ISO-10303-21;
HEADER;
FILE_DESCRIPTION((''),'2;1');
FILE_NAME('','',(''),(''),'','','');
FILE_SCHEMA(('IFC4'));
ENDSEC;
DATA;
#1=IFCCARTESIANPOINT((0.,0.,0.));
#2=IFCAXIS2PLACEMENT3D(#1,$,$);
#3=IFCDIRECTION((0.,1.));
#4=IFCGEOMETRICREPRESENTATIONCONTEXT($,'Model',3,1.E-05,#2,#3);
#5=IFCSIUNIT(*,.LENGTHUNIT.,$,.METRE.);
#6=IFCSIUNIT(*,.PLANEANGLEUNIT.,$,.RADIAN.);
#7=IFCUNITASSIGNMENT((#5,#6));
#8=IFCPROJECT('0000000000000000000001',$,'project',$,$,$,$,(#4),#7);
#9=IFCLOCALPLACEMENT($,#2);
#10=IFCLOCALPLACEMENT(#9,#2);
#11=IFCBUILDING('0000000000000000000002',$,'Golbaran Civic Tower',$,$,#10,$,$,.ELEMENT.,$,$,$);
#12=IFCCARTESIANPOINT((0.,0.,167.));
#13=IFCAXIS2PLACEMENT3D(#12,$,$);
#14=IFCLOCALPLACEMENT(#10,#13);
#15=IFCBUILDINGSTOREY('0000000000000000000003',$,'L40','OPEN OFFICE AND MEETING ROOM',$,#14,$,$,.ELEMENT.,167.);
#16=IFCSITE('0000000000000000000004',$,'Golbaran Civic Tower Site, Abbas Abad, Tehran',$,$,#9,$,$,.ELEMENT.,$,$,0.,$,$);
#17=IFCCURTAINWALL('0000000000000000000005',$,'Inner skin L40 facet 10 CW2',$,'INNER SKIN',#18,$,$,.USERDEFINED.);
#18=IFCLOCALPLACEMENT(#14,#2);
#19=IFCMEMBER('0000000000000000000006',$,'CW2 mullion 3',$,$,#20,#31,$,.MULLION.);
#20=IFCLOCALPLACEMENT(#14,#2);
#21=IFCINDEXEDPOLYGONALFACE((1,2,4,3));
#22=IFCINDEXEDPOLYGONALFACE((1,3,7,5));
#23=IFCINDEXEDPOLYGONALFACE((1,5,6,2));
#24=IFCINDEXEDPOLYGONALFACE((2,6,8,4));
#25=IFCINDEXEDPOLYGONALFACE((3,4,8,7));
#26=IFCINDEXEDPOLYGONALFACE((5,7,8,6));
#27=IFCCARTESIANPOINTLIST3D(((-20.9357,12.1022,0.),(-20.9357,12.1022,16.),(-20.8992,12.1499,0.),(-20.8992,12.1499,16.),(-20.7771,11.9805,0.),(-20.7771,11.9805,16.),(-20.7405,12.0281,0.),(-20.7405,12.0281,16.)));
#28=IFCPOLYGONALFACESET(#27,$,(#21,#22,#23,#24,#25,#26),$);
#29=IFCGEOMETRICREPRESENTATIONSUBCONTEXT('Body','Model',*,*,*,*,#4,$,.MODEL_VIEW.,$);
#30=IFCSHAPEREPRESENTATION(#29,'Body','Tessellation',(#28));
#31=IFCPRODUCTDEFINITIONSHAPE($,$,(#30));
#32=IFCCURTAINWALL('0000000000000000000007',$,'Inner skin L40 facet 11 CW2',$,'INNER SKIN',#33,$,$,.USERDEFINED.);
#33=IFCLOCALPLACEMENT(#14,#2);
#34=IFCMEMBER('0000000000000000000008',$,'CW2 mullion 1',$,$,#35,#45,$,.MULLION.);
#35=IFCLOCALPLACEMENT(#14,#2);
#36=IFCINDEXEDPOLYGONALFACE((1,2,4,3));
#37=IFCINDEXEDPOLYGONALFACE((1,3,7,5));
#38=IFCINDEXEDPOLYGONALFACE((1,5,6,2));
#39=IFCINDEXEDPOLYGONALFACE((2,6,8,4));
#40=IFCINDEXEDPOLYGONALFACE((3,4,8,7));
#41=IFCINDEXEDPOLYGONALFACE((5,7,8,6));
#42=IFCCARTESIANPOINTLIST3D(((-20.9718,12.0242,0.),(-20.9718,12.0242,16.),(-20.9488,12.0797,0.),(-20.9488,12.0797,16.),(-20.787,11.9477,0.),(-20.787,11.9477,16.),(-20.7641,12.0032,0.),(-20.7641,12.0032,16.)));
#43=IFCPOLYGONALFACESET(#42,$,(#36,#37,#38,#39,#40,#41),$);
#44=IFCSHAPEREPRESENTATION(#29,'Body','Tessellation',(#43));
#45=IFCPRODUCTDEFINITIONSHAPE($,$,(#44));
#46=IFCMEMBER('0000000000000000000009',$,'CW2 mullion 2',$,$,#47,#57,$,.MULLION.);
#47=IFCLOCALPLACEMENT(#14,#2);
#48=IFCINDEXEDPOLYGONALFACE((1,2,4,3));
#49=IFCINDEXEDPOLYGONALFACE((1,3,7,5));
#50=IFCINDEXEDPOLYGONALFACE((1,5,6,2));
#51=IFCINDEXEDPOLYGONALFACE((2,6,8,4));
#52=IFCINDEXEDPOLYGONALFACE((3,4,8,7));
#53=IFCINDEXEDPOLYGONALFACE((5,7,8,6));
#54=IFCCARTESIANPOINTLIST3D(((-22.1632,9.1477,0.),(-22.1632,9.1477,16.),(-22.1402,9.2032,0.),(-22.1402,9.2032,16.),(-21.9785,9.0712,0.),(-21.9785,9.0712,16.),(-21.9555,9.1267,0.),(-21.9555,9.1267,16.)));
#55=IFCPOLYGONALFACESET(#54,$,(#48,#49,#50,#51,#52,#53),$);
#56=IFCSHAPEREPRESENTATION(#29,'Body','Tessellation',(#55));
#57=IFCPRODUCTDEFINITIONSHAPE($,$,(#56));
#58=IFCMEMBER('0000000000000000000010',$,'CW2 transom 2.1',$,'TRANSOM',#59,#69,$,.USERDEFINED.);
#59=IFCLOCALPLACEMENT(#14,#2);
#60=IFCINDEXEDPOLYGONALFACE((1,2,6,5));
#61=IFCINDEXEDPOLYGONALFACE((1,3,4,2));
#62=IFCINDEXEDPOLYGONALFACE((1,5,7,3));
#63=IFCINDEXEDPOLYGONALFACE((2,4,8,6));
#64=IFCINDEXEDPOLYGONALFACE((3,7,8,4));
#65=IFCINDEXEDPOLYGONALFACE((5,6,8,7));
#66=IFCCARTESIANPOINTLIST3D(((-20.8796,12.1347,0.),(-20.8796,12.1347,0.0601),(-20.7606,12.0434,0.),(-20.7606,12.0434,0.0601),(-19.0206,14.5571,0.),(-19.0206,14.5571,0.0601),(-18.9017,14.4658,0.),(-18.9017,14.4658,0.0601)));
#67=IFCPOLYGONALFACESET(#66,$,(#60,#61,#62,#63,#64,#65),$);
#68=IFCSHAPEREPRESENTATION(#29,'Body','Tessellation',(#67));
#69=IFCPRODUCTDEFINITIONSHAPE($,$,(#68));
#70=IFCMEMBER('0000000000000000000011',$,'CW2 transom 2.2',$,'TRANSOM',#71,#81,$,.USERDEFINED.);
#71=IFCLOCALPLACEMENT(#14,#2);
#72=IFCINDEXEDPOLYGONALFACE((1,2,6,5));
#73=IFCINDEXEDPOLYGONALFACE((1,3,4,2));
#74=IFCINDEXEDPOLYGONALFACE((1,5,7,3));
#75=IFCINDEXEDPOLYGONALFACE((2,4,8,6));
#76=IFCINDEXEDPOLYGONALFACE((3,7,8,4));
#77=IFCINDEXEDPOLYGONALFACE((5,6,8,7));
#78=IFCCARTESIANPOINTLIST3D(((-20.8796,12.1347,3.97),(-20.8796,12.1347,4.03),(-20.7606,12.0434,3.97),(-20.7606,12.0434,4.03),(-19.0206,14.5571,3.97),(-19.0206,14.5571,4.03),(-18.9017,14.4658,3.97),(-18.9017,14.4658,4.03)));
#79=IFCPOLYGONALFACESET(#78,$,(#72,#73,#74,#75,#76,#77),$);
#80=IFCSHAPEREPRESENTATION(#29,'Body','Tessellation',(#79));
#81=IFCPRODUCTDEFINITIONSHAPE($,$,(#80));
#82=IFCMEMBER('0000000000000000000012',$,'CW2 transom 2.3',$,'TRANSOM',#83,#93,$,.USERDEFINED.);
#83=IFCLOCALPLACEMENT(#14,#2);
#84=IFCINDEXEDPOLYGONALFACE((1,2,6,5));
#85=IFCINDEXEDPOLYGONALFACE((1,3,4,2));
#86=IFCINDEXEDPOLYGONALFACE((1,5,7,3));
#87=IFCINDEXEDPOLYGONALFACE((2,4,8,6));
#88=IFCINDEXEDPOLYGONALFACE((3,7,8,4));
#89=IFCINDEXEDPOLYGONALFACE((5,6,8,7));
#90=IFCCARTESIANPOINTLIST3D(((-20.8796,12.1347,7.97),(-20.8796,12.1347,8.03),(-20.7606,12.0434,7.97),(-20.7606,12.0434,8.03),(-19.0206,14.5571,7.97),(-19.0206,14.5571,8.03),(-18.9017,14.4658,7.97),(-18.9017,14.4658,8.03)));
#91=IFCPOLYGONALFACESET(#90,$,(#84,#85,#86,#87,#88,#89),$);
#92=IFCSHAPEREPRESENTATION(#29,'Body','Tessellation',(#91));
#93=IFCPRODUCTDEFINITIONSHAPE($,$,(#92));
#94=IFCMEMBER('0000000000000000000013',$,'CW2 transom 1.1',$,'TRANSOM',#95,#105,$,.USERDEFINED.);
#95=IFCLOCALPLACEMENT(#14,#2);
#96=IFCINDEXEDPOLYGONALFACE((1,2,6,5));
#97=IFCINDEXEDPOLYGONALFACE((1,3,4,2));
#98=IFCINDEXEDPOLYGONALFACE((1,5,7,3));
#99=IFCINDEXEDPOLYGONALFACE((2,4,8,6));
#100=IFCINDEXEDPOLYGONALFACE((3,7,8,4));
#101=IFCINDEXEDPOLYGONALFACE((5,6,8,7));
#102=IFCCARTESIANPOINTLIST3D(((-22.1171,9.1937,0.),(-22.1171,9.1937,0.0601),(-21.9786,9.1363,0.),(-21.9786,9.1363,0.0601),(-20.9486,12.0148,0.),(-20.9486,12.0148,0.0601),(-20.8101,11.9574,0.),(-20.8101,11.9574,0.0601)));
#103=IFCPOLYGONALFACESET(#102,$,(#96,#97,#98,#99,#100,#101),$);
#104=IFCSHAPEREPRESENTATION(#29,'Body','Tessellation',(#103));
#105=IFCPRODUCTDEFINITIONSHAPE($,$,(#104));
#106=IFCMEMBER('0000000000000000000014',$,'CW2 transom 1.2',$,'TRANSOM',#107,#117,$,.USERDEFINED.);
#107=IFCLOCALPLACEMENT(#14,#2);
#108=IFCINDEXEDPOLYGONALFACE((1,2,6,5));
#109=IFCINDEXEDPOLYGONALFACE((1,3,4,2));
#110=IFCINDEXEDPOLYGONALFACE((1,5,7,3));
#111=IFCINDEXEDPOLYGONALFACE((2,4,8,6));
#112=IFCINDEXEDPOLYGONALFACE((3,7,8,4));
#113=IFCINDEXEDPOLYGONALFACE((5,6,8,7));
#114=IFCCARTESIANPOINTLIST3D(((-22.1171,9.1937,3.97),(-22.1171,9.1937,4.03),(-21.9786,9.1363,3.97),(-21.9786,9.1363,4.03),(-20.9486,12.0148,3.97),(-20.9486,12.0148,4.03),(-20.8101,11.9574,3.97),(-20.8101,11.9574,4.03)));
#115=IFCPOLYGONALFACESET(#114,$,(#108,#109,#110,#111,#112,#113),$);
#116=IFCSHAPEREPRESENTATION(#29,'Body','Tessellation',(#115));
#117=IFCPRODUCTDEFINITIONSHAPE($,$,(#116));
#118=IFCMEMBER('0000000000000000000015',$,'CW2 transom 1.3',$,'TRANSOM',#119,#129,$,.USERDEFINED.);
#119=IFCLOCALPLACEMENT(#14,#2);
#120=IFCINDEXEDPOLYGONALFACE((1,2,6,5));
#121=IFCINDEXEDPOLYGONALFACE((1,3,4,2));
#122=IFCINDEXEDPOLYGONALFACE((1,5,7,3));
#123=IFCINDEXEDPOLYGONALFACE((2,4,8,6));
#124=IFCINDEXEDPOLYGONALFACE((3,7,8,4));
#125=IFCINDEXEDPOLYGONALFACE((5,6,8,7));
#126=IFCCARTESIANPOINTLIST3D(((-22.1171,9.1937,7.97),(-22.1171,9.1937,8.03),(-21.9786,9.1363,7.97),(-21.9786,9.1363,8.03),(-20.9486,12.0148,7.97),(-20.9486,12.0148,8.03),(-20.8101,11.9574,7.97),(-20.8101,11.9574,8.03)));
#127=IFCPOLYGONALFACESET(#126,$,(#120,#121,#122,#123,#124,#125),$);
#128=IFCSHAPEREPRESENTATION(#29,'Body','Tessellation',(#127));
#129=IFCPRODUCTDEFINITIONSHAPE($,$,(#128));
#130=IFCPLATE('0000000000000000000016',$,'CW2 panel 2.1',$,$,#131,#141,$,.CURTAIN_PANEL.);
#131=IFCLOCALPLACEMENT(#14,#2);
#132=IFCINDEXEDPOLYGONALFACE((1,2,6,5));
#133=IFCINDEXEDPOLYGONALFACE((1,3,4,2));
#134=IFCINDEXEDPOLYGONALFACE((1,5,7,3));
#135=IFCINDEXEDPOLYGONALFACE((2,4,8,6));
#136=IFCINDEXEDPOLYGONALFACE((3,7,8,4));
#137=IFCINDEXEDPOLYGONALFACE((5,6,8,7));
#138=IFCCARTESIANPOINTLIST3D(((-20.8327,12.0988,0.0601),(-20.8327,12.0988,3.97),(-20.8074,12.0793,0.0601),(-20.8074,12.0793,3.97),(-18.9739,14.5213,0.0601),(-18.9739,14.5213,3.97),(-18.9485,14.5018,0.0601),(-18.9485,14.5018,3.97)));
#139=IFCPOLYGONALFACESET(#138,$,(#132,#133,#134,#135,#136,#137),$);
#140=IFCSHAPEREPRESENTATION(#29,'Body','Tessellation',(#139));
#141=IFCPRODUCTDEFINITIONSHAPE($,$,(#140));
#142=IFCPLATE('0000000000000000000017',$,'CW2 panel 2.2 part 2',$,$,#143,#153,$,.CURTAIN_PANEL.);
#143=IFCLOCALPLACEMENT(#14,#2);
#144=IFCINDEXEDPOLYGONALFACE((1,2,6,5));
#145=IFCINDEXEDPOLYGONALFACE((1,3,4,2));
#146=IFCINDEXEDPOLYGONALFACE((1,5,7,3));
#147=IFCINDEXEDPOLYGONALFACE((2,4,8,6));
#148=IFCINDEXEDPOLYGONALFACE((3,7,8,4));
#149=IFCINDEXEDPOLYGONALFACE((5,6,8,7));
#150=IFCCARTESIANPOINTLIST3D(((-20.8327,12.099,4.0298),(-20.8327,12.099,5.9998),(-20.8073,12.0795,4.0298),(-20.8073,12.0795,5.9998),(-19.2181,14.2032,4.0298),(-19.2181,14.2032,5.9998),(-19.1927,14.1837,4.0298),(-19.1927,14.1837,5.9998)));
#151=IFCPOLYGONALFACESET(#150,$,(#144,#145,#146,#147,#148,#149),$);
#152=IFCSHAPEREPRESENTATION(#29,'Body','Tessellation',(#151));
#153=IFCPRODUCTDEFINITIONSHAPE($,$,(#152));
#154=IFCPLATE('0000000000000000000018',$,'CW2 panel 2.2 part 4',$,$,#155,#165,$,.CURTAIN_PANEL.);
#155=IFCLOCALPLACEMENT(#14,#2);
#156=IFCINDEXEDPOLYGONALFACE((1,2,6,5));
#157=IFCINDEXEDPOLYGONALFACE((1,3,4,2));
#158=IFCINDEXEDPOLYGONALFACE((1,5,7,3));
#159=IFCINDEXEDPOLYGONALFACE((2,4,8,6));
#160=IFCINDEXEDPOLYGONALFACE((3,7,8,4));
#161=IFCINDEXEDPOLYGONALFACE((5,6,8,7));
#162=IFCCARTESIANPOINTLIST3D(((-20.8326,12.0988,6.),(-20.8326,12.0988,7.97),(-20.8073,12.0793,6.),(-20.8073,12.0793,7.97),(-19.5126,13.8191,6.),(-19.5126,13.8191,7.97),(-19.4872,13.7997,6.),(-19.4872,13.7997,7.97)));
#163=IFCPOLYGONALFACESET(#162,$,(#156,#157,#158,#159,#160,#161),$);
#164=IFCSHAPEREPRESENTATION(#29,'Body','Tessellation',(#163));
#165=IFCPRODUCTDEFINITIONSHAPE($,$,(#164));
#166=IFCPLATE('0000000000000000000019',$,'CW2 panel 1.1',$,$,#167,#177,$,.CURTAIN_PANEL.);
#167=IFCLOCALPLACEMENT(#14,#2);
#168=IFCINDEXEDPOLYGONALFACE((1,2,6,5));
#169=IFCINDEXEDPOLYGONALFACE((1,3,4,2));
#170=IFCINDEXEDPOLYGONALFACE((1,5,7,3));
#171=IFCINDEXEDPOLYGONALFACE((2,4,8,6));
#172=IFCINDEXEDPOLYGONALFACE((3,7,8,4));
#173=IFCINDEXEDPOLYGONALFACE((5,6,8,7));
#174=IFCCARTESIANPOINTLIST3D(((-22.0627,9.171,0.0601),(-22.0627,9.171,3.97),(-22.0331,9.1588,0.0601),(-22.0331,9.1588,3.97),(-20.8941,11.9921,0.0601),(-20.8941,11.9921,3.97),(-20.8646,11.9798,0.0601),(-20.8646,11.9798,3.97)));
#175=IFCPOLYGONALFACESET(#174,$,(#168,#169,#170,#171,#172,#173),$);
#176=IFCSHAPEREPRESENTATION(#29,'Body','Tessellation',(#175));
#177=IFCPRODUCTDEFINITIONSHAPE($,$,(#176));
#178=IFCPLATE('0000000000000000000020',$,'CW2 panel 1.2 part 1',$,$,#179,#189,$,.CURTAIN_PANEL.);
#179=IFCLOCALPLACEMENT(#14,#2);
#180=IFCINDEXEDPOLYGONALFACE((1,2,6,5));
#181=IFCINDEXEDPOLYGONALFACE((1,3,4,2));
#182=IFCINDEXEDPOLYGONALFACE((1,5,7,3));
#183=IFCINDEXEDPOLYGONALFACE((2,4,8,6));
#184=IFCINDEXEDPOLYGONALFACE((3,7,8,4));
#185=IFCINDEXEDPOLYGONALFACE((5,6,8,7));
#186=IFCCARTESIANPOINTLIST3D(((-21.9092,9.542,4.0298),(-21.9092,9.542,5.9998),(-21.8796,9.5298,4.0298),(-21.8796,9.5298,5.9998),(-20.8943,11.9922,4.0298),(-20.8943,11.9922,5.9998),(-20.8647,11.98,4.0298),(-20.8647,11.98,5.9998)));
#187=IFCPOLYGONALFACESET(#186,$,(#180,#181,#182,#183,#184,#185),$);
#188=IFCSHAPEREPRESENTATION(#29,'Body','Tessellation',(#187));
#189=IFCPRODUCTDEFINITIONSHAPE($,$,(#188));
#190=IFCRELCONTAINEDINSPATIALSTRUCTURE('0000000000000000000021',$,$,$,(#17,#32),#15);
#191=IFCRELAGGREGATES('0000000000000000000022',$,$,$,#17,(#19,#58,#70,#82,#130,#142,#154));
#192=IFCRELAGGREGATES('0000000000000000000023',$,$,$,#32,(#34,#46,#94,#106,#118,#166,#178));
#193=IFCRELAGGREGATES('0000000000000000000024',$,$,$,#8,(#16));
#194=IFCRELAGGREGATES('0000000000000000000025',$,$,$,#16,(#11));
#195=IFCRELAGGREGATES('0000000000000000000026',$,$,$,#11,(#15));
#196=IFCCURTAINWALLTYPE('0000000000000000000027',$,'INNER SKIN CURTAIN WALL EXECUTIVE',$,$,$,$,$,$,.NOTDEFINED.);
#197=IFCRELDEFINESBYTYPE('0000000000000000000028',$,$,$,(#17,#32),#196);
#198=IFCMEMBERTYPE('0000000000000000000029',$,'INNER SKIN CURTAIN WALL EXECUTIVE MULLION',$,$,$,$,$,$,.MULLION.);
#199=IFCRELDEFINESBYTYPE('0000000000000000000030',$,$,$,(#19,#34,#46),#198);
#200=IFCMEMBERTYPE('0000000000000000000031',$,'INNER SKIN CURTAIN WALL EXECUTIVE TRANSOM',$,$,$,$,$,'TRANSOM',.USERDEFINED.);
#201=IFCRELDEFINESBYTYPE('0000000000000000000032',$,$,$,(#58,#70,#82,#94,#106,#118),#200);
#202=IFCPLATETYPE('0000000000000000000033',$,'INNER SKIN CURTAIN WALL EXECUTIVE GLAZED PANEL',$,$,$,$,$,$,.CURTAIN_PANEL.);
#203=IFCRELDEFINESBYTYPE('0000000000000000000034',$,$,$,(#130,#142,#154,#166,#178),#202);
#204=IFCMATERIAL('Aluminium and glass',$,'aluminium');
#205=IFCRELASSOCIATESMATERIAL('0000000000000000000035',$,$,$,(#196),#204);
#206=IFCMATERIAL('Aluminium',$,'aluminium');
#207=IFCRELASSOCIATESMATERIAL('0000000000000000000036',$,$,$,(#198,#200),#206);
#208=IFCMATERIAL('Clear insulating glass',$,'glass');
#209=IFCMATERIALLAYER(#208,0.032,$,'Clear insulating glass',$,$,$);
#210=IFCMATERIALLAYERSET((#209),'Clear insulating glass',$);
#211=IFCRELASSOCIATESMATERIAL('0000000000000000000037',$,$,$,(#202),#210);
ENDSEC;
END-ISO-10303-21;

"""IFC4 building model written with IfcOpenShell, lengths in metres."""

from ifc_helpers import new_model, si_unit, direction, frame, origin, origin_2d, place, context, subcontext, project, spatial, rectangle, extrude, material, layer, layer_set, material_profile, profile_set, type_object, element, aggregate, save


model = new_model("IFC4")

# Units and contexts
model_context = context("Model", 3, precision=1e-05, world=origin(), true_north=direction((0.0, 1.0)))
body_context = subcontext(model_context, "Body", "Model", "MODEL_VIEW")
ifc_project = project(units=[si_unit("LENGTHUNIT", "METRE"), si_unit("PLANEANGLEUNIT", "RADIAN")], contexts=[model_context])

# Site, building, storey
site_placement = place(None, origin())
site = spatial("IfcSite", under=ifc_project, at=site_placement, Name="Golbaran Civic Tower Site, Abbas Abad, Tehran", CompositionType="ELEMENT", RefElevation=0.0)
building_placement = place(site_placement, origin())
building = spatial("IfcBuilding", under=site, at=building_placement, Name="Golbaran Civic Tower", CompositionType="ELEMENT")
storey_placement = place(building_placement, frame((0.0, 0.0, 167.0)))
storey = spatial("IfcBuildingStorey", under=building, at=storey_placement, Name="L40", Description="OPEN OFFICE AND MEETING ROOM", CompositionType="ELEMENT", Elevation=167.0)

# Curtain wall, member
ifc_material_1 = material(Name="Aluminium and glass", Category="aluminium")
curtain_wall_type_1 = type_object("IfcCurtainWallType", Name="INNER SKIN CURTAIN WALL EXECUTIVE", PredefinedType="NOTDEFINED", material=ifc_material_1)
curtain_wall_1_placement = place(storey_placement, origin())
curtain_wall_1 = element("IfcCurtainWall", 1, at=curtain_wall_1_placement, inside=storey, type_object=curtain_wall_type_1, Name="Inner skin L40 facet 10 CW2", ObjectType="INNER SKIN", PredefinedType="USERDEFINED")
ifc_material_2 = material(Name="Aluminium", Category="aluminium")
ifc_material_profile_1 = material_profile(ifc_material_2, rectangle(XDim=0.2, YDim=0.0601, at=origin_2d()), Name="INNER SKIN CURTAIN WALL EXECUTIVE MULLION")
ifc_profile_set_1 = profile_set([ifc_material_profile_1], Name="Aluminium")
member_type_1 = type_object("IfcMemberType", Name="INNER SKIN CURTAIN WALL EXECUTIVE MULLION", PredefinedType="MULLION", material=ifc_profile_set_1)
member_1_placement = place(storey_placement, frame((-20.8381, 12.0652, 0.0), z_axis=(0.0, 0.0, 1.0), x_axis=(0.793353, -0.608761, 0.0)))
member_1 = element("IfcMember", 2, at=member_1_placement, type_object=member_type_1, Name="CW2 mullion 3", PredefinedType="MULLION", context=body_context, shape_type="SweptSolid", body=[
    extrude(rectangle(XDim=0.2, YDim=0.0601, at=origin_2d()), origin(), (0.0, 0.0, 1.0), 16.0),
])

# Curtain wall, members
curtain_wall_2_placement = place(storey_placement, origin())
curtain_wall_2 = element("IfcCurtainWall", 3, at=curtain_wall_2_placement, inside=storey, type_object=curtain_wall_type_1, Name="Inner skin L40 facet 11 CW2", ObjectType="INNER SKIN", PredefinedType="USERDEFINED")
member_2_placement = place(storey_placement, frame((-20.8679, 12.0137, 0.0), z_axis=(0.0, 0.0, 1.0), x_axis=(0.92388, -0.382683, 0.0)))
member_2 = element("IfcMember", 4, at=member_2_placement, type_object=member_type_1, Name="CW2 mullion 1", PredefinedType="MULLION", context=body_context, shape_type="SweptSolid", body=[
    extrude(rectangle(XDim=0.2, YDim=0.0601, at=origin_2d()), origin(), (0.0, 0.0, 1.0), 16.0),
])
member_3_placement = place(storey_placement, frame((-22.0593, 9.1372, 0.0), z_axis=(0.0, 0.0, 1.0), x_axis=(0.92388, -0.382683, 0.0)))
member_3 = element("IfcMember", 5, at=member_3_placement, type_object=member_type_1, Name="CW2 mullion 2", PredefinedType="MULLION", context=body_context, shape_type="SweptSolid", body=[
    extrude(rectangle(XDim=0.2, YDim=0.0601, at=origin_2d()), origin(), (0.0, 0.0, 1.0), 16.0),
])

# Members
ifc_material_profile_2 = material_profile(ifc_material_2, rectangle(XDim=0.1499, YDim=0.0601, at=origin_2d()), Name="INNER SKIN CURTAIN WALL EXECUTIVE TRANSOM")
ifc_profile_set_2 = profile_set([ifc_material_profile_2], Name="Aluminium")
member_type_2 = type_object("IfcMemberType", Name="INNER SKIN CURTAIN WALL EXECUTIVE TRANSOM", ElementType="TRANSOM", PredefinedType="USERDEFINED", material=ifc_profile_set_2)
member_4_placement = place(storey_placement, frame((-18.9612, 14.5115, 0.03), z_axis=(-0.608791, -0.793331, 0.0), x_axis=(0.793331, -0.608791, 0.0)))
member_4 = element("IfcMember", 6, at=member_4_placement, type_object=member_type_2, Name="CW2 transom 2.1", ObjectType="TRANSOM", PredefinedType="USERDEFINED", context=body_context, shape_type="SweptSolid", body=[
    extrude(rectangle(XDim=0.1499, YDim=0.0601, at=origin_2d()), origin(), (0.0, 0.0, 1.0), 3.0535),
])
member_5_placement = place(storey_placement, frame((-18.9612, 14.5115, 4.0), z_axis=(-0.608791, -0.793331, 0.0), x_axis=(0.793331, -0.608791, 0.0)))
member_5 = element("IfcMember", 7, at=member_5_placement, type_object=member_type_2, Name="CW2 transom 2.2", ObjectType="TRANSOM", PredefinedType="USERDEFINED", context=body_context, shape_type="SweptSolid", body=[
    extrude(rectangle(XDim=0.1499, YDim=0.0601, at=origin_2d()), origin(), (0.0, 0.0, 1.0), 3.0535),
])
member_6_placement = place(storey_placement, frame((-18.9612, 14.5115, 8.0), z_axis=(-0.608791, -0.793331, 0.0), x_axis=(0.793331, -0.608791, 0.0)))
member_6 = element("IfcMember", 8, at=member_6_placement, type_object=member_type_2, Name="CW2 transom 2.3", ObjectType="TRANSOM", PredefinedType="USERDEFINED", context=body_context, shape_type="SweptSolid", body=[
    extrude(rectangle(XDim=0.1499, YDim=0.0601, at=origin_2d()), origin(), (0.0, 0.0, 1.0), 3.0535),
])
member_7_placement = place(storey_placement, frame((-20.8794, 11.9861, 0.03), z_axis=(-0.382667, -0.923886, 0.0), x_axis=(0.923886, -0.382667, 0.0)))
member_7 = element("IfcMember", 9, at=member_7_placement, type_object=member_type_2, Name="CW2 transom 1.1", ObjectType="TRANSOM", PredefinedType="USERDEFINED", context=body_context, shape_type="SweptSolid", body=[
    extrude(rectangle(XDim=0.1499, YDim=0.0601, at=origin_2d()), origin(), (0.0, 0.0, 1.0), 3.0535),
])
member_8_placement = place(storey_placement, frame((-20.8794, 11.9861, 4.0), z_axis=(-0.382667, -0.923886, 0.0), x_axis=(0.923886, -0.382667, 0.0)))
member_8 = element("IfcMember", 10, at=member_8_placement, type_object=member_type_2, Name="CW2 transom 1.2", ObjectType="TRANSOM", PredefinedType="USERDEFINED", context=body_context, shape_type="SweptSolid", body=[
    extrude(rectangle(XDim=0.1499, YDim=0.0601, at=origin_2d()), origin(), (0.0, 0.0, 1.0), 3.0535),
])
member_9_placement = place(storey_placement, frame((-20.8794, 11.9861, 8.0), z_axis=(-0.382667, -0.923886, 0.0), x_axis=(0.923886, -0.382667, 0.0)))
member_9 = element("IfcMember", 11, at=member_9_placement, type_object=member_type_2, Name="CW2 transom 1.3", ObjectType="TRANSOM", PredefinedType="USERDEFINED", context=body_context, shape_type="SweptSolid", body=[
    extrude(rectangle(XDim=0.1499, YDim=0.0601, at=origin_2d()), origin(), (0.0, 0.0, 1.0), 3.0535),
])

# Plates
ifc_material_3 = material(Name="Clear insulating glass", Category="glass")
ifc_layer_1 = layer(ifc_material_3, 0.032, Name="Clear insulating glass")
ifc_layer_set_1 = layer_set([ifc_layer_1], Name="Clear insulating glass")
plate_type_1 = type_object("IfcPlateType", Name="INNER SKIN CURTAIN WALL EXECUTIVE GLAZED PANEL", PredefinedType="CURTAIN_PANEL", material=ifc_layer_set_1)
plate_1_placement = place(storey_placement, frame((-19.8906, 13.3003, 0.0601), z_axis=(0.0, 0.0, 1.0), x_axis=(-0.608761, -0.793353, 0.0)))
plate_1 = element("IfcPlate", 12, at=plate_1_placement, type_object=plate_type_1, Name="CW2 panel 2.1", PredefinedType="CURTAIN_PANEL", context=body_context, shape_type="SweptSolid", body=[
    extrude(rectangle(XDim=3.0535, YDim=0.032, at=origin_2d()), origin(), (0.0, 0.0, 1.0), 3.9099),
])
plate_2_placement = place(storey_placement, frame((-20.0127, 13.1414, 4.0298), z_axis=(0.0, 0.0, 1.0), x_axis=(-0.608761, -0.793353, 0.0)))
plate_2 = element("IfcPlate", 13, at=plate_2_placement, type_object=plate_type_1, Name="CW2 panel 2.2 part 2", PredefinedType="CURTAIN_PANEL", context=body_context, shape_type="SweptSolid", body=[
    extrude(rectangle(XDim=2.6523, YDim=0.032, at=origin_2d()), origin(), (0.0, 0.0, 1.0), 1.97),
])
plate_3_placement = place(storey_placement, frame((-20.1599, 12.9492, 6.0), z_axis=(0.0, 0.0, 1.0), x_axis=(-0.608761, -0.793353, 0.0)))
plate_3 = element("IfcPlate", 14, at=plate_3_placement, type_object=plate_type_1, Name="CW2 panel 2.2 part 4", PredefinedType="CURTAIN_PANEL", context=body_context, shape_type="SweptSolid", body=[
    extrude(rectangle(XDim=2.1685, YDim=0.032, at=origin_2d()), origin(), (0.0, 0.0, 1.0), 1.97),
])
plate_4_placement = place(storey_placement, frame((-21.4636, 10.5754, 0.0601), z_axis=(0.0, 0.0, 1.0), x_axis=(-0.382683, -0.92388, 0.0)))
plate_4 = element("IfcPlate", 15, at=plate_4_placement, type_object=plate_type_1, Name="CW2 panel 1.1", PredefinedType="CURTAIN_PANEL", context=body_context, shape_type="SweptSolid", body=[
    extrude(rectangle(XDim=3.0535, YDim=0.032, at=origin_2d()), origin(), (0.0, 0.0, 1.0), 3.9099),
])
plate_5_placement = place(storey_placement, frame((-21.387, 10.761, 4.0298), z_axis=(0.0, 0.0, 1.0), x_axis=(-0.382683, -0.92388, 0.0)))
plate_5 = element("IfcPlate", 16, at=plate_5_placement, type_object=plate_type_1, Name="CW2 panel 1.2 part 1", PredefinedType="CURTAIN_PANEL", context=body_context, shape_type="SweptSolid", body=[
    extrude(rectangle(XDim=2.6521, YDim=0.032, at=origin_2d()), origin(), (0.0, 0.0, 1.0), 1.97),
])
aggregate(curtain_wall_1, [member_1, member_4, member_5, member_6, plate_1, plate_2, plate_3])
aggregate(curtain_wall_2, [member_2, member_3, member_7, member_8, member_9, plate_4, plate_5])

save(model, "model.ifc")
